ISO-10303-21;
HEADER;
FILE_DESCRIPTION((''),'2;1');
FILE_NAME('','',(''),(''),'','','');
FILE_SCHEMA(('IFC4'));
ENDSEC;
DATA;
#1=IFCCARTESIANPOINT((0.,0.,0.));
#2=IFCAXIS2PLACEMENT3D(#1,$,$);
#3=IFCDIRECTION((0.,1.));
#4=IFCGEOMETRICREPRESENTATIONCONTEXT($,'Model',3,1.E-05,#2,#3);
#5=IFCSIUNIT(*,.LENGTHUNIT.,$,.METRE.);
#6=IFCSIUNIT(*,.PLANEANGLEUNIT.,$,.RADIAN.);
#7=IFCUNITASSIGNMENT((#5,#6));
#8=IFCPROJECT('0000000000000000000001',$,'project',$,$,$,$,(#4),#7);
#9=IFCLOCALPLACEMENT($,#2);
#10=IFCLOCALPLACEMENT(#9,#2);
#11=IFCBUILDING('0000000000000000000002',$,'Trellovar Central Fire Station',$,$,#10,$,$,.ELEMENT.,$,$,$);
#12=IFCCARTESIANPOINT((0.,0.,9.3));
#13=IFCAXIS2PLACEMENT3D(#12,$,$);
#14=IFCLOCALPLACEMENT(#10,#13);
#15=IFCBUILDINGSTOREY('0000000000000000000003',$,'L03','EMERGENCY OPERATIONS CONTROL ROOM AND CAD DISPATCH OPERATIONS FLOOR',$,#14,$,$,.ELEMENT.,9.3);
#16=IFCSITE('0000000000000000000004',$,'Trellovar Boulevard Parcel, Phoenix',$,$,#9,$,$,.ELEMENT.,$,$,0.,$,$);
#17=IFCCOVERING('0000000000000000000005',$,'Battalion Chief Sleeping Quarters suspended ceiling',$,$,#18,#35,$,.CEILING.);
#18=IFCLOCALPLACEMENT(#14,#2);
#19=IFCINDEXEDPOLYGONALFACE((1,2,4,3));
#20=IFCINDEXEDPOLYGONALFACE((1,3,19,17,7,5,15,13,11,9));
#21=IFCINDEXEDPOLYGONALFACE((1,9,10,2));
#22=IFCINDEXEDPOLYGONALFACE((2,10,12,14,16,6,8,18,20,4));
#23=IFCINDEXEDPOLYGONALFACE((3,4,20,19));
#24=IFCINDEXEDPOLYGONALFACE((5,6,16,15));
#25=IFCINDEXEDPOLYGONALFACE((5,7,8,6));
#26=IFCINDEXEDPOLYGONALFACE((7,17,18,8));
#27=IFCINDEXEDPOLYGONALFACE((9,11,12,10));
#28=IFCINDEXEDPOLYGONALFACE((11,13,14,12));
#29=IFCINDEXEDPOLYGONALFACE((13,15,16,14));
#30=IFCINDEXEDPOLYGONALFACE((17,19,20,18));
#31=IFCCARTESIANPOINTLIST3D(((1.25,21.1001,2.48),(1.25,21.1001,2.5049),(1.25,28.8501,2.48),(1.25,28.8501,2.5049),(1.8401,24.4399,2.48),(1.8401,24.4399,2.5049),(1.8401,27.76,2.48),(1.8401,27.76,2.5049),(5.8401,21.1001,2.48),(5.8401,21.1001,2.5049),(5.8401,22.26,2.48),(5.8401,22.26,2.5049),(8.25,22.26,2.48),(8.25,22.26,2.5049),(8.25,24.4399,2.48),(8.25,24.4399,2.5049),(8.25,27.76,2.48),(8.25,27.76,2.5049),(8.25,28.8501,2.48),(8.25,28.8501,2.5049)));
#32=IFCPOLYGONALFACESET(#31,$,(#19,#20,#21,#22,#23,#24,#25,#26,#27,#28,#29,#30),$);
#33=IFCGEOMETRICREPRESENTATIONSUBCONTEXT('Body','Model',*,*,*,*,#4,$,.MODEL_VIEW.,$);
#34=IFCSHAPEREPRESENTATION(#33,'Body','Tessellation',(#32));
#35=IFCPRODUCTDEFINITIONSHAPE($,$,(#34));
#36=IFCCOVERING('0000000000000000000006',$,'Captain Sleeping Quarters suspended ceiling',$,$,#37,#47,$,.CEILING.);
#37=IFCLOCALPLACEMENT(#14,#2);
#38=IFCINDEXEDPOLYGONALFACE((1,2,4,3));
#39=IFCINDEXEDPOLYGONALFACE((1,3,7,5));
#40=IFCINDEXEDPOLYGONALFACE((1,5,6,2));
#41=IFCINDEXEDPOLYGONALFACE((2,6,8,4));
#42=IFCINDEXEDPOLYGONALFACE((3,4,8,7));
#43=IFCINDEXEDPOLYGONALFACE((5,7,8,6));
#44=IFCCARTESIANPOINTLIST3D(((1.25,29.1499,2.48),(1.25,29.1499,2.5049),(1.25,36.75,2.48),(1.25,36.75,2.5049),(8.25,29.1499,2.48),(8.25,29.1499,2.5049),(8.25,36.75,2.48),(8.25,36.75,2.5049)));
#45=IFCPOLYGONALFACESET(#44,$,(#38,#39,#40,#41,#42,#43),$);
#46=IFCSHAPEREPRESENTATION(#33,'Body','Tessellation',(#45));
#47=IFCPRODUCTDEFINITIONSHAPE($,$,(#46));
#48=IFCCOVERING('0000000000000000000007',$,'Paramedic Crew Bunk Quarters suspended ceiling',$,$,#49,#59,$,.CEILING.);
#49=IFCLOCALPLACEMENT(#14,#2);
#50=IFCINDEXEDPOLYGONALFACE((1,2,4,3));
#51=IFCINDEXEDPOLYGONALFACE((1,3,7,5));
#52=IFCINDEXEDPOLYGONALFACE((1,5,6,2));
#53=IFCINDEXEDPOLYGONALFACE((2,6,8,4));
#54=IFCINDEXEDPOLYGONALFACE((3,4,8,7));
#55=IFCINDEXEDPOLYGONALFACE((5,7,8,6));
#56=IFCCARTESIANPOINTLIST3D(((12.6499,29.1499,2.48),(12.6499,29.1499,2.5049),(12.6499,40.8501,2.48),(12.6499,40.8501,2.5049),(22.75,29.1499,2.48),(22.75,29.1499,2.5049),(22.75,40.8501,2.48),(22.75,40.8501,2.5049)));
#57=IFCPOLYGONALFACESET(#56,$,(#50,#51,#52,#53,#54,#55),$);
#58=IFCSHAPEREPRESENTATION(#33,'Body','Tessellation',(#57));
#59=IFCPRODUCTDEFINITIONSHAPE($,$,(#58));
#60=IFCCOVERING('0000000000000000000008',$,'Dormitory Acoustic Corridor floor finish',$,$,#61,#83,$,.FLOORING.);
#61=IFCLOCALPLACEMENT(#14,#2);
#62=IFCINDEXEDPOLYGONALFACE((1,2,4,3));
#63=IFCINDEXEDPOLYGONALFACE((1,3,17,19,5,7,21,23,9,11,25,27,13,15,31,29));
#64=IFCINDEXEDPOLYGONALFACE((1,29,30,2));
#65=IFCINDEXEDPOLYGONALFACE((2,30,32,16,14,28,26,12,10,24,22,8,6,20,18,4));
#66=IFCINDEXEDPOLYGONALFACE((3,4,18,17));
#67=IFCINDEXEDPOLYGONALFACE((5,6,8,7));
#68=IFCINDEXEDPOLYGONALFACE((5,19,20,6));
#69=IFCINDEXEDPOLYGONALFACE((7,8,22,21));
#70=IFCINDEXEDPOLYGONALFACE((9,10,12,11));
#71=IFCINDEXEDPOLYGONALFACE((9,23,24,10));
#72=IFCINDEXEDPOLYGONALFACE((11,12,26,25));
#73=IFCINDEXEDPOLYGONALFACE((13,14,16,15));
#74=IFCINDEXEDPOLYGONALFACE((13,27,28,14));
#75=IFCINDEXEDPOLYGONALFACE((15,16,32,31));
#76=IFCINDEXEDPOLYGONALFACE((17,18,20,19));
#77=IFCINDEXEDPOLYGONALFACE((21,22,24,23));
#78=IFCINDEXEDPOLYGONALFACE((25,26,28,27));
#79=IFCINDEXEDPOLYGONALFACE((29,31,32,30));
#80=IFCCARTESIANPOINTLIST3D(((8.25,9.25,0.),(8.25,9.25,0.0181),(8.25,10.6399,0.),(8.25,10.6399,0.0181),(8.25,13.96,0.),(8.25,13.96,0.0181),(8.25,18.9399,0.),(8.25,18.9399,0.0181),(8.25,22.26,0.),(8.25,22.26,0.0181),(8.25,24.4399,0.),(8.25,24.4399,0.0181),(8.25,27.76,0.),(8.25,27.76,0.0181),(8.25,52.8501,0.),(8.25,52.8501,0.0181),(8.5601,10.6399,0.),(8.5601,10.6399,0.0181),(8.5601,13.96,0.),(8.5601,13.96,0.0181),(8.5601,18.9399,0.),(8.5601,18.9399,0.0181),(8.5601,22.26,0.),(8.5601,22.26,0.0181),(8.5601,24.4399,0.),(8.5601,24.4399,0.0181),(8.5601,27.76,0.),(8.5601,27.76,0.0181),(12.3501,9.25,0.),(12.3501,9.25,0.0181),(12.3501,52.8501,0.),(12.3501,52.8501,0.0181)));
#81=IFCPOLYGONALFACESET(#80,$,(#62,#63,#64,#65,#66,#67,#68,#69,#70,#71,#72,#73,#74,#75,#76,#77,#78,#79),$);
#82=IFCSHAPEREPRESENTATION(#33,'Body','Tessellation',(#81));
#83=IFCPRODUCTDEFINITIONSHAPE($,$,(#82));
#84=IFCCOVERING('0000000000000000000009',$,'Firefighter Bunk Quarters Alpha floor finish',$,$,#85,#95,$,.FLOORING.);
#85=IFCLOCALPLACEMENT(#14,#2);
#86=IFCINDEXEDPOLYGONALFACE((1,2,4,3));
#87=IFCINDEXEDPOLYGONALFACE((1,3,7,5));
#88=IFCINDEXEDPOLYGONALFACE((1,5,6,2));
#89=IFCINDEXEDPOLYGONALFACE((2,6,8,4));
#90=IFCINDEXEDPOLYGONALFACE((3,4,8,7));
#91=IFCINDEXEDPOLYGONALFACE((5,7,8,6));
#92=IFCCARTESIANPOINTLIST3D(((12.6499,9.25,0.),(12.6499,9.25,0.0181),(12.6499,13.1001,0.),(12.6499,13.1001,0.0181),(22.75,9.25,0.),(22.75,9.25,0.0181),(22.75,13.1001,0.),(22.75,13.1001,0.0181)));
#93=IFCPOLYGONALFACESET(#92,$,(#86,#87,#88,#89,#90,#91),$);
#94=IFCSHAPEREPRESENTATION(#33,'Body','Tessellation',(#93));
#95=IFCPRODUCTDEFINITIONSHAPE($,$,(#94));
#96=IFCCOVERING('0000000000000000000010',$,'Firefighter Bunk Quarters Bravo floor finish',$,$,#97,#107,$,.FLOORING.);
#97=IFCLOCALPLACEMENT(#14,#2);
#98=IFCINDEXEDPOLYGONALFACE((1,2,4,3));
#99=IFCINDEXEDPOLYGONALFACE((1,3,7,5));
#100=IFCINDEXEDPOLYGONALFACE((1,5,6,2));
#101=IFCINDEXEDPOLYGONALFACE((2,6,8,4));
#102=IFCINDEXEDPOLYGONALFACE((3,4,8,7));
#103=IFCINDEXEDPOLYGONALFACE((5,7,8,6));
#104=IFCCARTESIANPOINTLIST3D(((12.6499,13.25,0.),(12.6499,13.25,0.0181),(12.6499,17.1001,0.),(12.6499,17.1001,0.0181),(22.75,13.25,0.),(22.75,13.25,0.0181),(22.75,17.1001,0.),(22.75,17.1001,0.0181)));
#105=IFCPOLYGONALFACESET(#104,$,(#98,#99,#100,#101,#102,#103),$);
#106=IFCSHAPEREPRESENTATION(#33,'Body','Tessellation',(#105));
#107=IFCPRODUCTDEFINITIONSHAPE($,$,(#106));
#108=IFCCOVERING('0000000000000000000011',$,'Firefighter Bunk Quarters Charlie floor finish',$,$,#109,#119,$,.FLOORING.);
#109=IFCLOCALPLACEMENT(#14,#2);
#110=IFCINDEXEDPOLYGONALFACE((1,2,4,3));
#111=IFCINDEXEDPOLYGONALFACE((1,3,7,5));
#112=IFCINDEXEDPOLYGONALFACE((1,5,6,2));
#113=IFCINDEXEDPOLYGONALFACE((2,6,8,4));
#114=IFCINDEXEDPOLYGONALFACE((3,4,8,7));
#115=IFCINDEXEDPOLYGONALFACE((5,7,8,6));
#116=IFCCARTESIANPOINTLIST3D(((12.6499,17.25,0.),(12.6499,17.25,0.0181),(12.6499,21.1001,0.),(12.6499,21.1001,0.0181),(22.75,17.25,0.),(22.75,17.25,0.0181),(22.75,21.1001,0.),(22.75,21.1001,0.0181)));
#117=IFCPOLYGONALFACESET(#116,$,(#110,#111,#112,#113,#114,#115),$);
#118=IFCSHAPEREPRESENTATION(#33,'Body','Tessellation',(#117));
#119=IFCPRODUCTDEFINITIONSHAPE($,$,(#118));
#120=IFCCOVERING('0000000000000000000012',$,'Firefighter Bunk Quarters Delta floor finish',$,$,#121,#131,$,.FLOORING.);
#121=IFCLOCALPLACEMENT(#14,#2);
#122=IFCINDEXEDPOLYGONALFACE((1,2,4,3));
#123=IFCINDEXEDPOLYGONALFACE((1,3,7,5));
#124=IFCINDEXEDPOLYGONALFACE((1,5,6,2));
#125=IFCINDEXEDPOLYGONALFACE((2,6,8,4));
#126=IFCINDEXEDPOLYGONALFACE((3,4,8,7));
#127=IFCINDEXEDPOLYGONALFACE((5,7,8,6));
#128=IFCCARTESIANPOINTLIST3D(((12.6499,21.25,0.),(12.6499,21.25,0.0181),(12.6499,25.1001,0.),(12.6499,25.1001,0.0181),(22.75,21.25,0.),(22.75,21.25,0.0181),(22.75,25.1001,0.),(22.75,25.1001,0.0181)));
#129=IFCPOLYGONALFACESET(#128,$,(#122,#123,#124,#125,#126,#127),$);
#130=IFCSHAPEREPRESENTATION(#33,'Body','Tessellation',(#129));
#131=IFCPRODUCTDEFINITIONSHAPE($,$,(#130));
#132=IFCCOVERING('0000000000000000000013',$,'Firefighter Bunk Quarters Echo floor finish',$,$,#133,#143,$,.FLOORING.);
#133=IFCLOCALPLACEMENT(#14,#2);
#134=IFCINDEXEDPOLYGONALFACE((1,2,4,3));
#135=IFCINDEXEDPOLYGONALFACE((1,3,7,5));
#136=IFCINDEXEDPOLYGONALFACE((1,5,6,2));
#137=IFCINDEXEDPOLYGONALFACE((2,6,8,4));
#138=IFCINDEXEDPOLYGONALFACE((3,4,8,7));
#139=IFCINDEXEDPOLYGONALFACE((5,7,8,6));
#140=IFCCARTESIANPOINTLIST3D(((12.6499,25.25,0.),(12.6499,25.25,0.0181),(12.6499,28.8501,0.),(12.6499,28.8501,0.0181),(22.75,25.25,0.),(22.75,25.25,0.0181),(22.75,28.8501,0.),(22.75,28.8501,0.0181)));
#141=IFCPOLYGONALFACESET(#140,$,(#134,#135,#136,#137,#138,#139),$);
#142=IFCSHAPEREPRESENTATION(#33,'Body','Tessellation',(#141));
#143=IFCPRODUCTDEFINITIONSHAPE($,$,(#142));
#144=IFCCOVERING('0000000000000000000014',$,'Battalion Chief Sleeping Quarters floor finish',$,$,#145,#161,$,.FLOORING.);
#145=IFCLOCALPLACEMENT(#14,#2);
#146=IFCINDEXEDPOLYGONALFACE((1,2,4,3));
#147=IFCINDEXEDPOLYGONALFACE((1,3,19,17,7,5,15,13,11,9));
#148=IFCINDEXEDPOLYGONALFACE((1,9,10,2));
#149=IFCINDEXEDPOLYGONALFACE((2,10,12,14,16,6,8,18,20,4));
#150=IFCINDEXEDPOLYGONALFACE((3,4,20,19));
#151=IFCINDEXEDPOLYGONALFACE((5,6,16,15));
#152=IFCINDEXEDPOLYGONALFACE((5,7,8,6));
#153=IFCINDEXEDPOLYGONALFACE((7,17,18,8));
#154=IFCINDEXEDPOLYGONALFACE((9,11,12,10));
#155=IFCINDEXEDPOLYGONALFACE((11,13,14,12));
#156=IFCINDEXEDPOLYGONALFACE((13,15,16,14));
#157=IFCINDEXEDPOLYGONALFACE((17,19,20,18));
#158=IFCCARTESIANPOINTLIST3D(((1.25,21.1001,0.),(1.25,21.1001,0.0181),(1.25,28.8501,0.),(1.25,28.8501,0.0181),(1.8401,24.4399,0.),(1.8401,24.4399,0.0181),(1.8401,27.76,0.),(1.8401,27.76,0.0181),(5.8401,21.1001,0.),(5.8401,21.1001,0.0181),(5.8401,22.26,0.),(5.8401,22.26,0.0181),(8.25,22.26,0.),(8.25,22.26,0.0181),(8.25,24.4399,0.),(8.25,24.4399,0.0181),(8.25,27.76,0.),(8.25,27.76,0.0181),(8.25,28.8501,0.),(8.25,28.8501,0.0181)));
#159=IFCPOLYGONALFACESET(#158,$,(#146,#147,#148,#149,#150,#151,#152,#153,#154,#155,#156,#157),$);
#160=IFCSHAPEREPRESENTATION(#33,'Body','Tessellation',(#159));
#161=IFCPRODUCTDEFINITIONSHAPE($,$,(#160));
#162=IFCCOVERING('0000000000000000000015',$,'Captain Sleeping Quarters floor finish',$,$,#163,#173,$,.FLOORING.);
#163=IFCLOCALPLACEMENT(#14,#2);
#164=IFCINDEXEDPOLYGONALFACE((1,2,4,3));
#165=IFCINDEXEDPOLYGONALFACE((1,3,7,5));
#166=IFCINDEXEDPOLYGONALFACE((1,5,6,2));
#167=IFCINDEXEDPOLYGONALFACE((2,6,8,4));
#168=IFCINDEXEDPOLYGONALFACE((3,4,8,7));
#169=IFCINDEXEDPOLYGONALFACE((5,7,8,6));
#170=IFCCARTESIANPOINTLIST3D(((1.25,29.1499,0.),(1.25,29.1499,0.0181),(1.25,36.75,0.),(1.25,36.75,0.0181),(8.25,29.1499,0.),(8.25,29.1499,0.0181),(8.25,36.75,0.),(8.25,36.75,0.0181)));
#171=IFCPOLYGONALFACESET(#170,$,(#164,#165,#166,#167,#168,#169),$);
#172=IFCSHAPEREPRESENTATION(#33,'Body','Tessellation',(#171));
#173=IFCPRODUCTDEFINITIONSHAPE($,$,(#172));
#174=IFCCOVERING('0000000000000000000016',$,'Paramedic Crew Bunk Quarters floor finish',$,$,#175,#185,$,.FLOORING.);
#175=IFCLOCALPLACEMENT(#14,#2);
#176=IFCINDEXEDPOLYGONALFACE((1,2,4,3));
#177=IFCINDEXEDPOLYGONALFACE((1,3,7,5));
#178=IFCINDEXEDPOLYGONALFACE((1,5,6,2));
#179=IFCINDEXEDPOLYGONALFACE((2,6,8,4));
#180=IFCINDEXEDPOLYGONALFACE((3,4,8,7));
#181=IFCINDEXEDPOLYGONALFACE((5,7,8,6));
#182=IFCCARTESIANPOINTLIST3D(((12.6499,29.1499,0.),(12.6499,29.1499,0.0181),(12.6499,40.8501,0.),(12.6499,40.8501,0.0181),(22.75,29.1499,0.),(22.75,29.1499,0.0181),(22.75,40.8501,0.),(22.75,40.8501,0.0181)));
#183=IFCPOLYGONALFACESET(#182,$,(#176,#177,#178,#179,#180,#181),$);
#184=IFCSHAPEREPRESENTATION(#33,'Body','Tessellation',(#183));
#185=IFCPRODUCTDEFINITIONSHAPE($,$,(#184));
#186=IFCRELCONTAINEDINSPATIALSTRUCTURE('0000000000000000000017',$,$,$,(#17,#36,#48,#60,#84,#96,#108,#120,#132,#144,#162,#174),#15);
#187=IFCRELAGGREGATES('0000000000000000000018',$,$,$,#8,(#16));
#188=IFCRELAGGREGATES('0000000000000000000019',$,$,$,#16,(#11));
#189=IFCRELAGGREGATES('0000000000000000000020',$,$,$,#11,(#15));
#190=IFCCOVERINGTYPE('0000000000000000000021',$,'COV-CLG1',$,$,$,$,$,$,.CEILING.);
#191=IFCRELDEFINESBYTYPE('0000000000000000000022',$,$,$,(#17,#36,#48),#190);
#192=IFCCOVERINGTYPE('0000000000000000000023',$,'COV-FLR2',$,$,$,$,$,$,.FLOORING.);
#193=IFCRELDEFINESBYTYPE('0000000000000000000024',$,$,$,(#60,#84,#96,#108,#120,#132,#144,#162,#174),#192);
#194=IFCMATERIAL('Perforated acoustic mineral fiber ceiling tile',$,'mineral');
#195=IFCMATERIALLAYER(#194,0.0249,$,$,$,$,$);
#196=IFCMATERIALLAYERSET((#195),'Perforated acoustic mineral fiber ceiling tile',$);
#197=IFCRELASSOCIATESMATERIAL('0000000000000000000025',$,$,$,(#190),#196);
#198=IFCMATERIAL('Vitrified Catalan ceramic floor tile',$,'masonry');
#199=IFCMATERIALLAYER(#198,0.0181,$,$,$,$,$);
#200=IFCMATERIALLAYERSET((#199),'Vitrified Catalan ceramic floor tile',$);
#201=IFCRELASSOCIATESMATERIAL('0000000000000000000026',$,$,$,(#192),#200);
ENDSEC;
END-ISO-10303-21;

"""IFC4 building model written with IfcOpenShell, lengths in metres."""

from ifc_helpers import new_model, si_unit, direction, frame, origin, place, context, subcontext, project, spatial, polyline, outline, extrude, material, layer, layer_set, type_object, element, save


model = new_model("IFC4")

# Units and contexts
model_context = context("Model", 3, precision=1e-05, world=origin(), true_north=direction((0.0, 1.0)))
body_context = subcontext(model_context, "Body", "Model", "MODEL_VIEW")
ifc_project = project(units=[si_unit("LENGTHUNIT", "METRE"), si_unit("PLANEANGLEUNIT", "RADIAN")], contexts=[model_context])

# Site, building, storey
site_placement = place(None, origin())
site = spatial("IfcSite", under=ifc_project, at=site_placement, Name="Trellovar Boulevard Parcel, Phoenix", CompositionType="ELEMENT", RefElevation=0.0)
building_placement = place(site_placement, origin())
building = spatial("IfcBuilding", under=site, at=building_placement, Name="Trellovar Central Fire Station", CompositionType="ELEMENT")
storey_placement = place(building_placement, frame((0.0, 0.0, 9.3)))
storey = spatial("IfcBuildingStorey", under=building, at=storey_placement, Name="L03", Description="EMERGENCY OPERATIONS CONTROL ROOM AND CAD DISPATCH OPERATIONS FLOOR", CompositionType="ELEMENT", Elevation=9.3)

# Coverings
ifc_material_1 = material(Name="Perforated acoustic mineral fiber ceiling tile", Category="mineral")
ifc_layer_1 = layer(ifc_material_1, 0.0249)
ifc_layer_set_1 = layer_set([ifc_layer_1], Name="Perforated acoustic mineral fiber ceiling tile")
covering_type_1 = type_object("IfcCoveringType", Name="COV-CLG1", PredefinedType="CEILING", material=ifc_layer_set_1)
covering_1_placement = place(storey_placement, frame((0.0, 0.0, 2.48)))
element("IfcCovering", 1, at=covering_1_placement, inside=storey, type_object=covering_type_1, Name="Battalion Chief Sleeping Quarters suspended ceiling", PredefinedType="CEILING", context=body_context, shape_type="SweptSolid", body=[
    extrude(outline(polyline([(8.25, 24.4399), (8.25, 22.26), (5.8401, 22.26), (5.8401, 21.1001), (1.25, 21.1001), (1.25, 28.8501), (8.25, 28.8501), (8.25, 27.76), (1.8401, 27.76), (1.8401, 24.4399), (8.25, 24.4399)])), origin(), (0.0, 0.0, 1.0), 0.0249),
])
covering_2_placement = place(storey_placement, frame((0.0, 0.0, 2.48)))
element("IfcCovering", 2, at=covering_2_placement, inside=storey, type_object=covering_type_1, Name="Captain Sleeping Quarters suspended ceiling", PredefinedType="CEILING", context=body_context, shape_type="SweptSolid", body=[
    extrude(outline(polyline([(8.25, 36.75), (8.25, 29.1499), (1.25, 29.1499), (1.25, 36.75), (8.25, 36.75)])), origin(), (0.0, 0.0, 1.0), 0.0249),
])
covering_3_placement = place(storey_placement, frame((0.0, 0.0, 2.48)))
element("IfcCovering", 3, at=covering_3_placement, inside=storey, type_object=covering_type_1, Name="Paramedic Crew Bunk Quarters suspended ceiling", PredefinedType="CEILING", context=body_context, shape_type="SweptSolid", body=[
    extrude(outline(polyline([(22.75, 40.8501), (22.75, 29.1499), (12.6499, 29.1499), (12.6499, 40.8501), (22.75, 40.8501)])), origin(), (0.0, 0.0, 1.0), 0.0249),
])
ifc_material_2 = material(Name="Vitrified Catalan ceramic floor tile", Category="masonry")
ifc_layer_2 = layer(ifc_material_2, 0.0181)
ifc_layer_set_2 = layer_set([ifc_layer_2], Name="Vitrified Catalan ceramic floor tile")
covering_type_2 = type_object("IfcCoveringType", Name="COV-FLR2", PredefinedType="FLOORING", material=ifc_layer_set_2)
covering_4_placement = place(storey_placement, origin())
element("IfcCovering", 4, at=covering_4_placement, inside=storey, type_object=covering_type_2, Name="Dormitory Acoustic Corridor floor finish", PredefinedType="FLOORING", context=body_context, shape_type="SweptSolid", body=[
    extrude(outline(polyline([(8.5601, 18.9399), (8.5601, 22.26), (8.25, 22.26), (8.25, 24.4399), (8.5601, 24.4399), (8.5601, 27.76), (8.25, 27.76), (8.25, 52.8501), (12.3501, 52.8501), (12.3501, 9.25), (8.25, 9.25), (8.25, 10.6399), (8.5601, 10.6399), (8.5601, 13.96), (8.25, 13.96), (8.25, 18.9399), (8.5601, 18.9399)])), origin(), (0.0, 0.0, 1.0), 0.0181),
])
covering_5_placement = place(storey_placement, origin())
element("IfcCovering", 5, at=covering_5_placement, inside=storey, type_object=covering_type_2, Name="Firefighter Bunk Quarters Alpha floor finish", PredefinedType="FLOORING", context=body_context, shape_type="SweptSolid", body=[
    extrude(outline(polyline([(22.75, 13.1001), (22.75, 9.25), (12.6499, 9.25), (12.6499, 13.1001), (22.75, 13.1001)])), origin(), (0.0, 0.0, 1.0), 0.0181),
])
covering_6_placement = place(storey_placement, origin())
element("IfcCovering", 6, at=covering_6_placement, inside=storey, type_object=covering_type_2, Name="Firefighter Bunk Quarters Bravo floor finish", PredefinedType="FLOORING", context=body_context, shape_type="SweptSolid", body=[
    extrude(outline(polyline([(22.75, 17.1001), (22.75, 13.25), (12.6499, 13.25), (12.6499, 17.1001), (22.75, 17.1001)])), origin(), (0.0, 0.0, 1.0), 0.0181),
])
covering_7_placement = place(storey_placement, origin())
element("IfcCovering", 7, at=covering_7_placement, inside=storey, type_object=covering_type_2, Name="Firefighter Bunk Quarters Charlie floor finish", PredefinedType="FLOORING", context=body_context, shape_type="SweptSolid", body=[
    extrude(outline(polyline([(22.75, 21.1001), (22.75, 17.25), (12.6499, 17.25), (12.6499, 21.1001), (22.75, 21.1001)])), origin(), (0.0, 0.0, 1.0), 0.0181),
])
covering_8_placement = place(storey_placement, origin())
element("IfcCovering", 8, at=covering_8_placement, inside=storey, type_object=covering_type_2, Name="Firefighter Bunk Quarters Delta floor finish", PredefinedType="FLOORING", context=body_context, shape_type="SweptSolid", body=[
    extrude(outline(polyline([(22.75, 25.1001), (22.75, 21.25), (12.6499, 21.25), (12.6499, 25.1001), (22.75, 25.1001)])), origin(), (0.0, 0.0, 1.0), 0.0181),
])
covering_9_placement = place(storey_placement, origin())
element("IfcCovering", 9, at=covering_9_placement, inside=storey, type_object=covering_type_2, Name="Firefighter Bunk Quarters Echo floor finish", PredefinedType="FLOORING", context=body_context, shape_type="SweptSolid", body=[
    extrude(outline(polyline([(22.75, 28.8501), (22.75, 25.25), (12.6499, 25.25), (12.6499, 28.8501), (22.75, 28.8501)])), origin(), (0.0, 0.0, 1.0), 0.0181),
])
covering_10_placement = place(storey_placement, origin())
element("IfcCovering", 10, at=covering_10_placement, inside=storey, type_object=covering_type_2, Name="Battalion Chief Sleeping Quarters floor finish", PredefinedType="FLOORING", context=body_context, shape_type="SweptSolid", body=[
    extrude(outline(polyline([(8.25, 24.4399), (8.25, 22.26), (5.8401, 22.26), (5.8401, 21.1001), (1.25, 21.1001), (1.25, 28.8501), (8.25, 28.8501), (8.25, 27.76), (1.8401, 27.76), (1.8401, 24.4399), (8.25, 24.4399)])), origin(), (0.0, 0.0, 1.0), 0.0181),
])
covering_11_placement = place(storey_placement, origin())
element("IfcCovering", 11, at=covering_11_placement, inside=storey, type_object=covering_type_2, Name="Captain Sleeping Quarters floor finish", PredefinedType="FLOORING", context=body_context, shape_type="SweptSolid", body=[
    extrude(outline(polyline([(8.25, 36.75), (8.25, 29.1499), (1.25, 29.1499), (1.25, 36.75), (8.25, 36.75)])), origin(), (0.0, 0.0, 1.0), 0.0181),
])
covering_12_placement = place(storey_placement, origin())
element("IfcCovering", 12, at=covering_12_placement, inside=storey, type_object=covering_type_2, Name="Paramedic Crew Bunk Quarters floor finish", PredefinedType="FLOORING", context=body_context, shape_type="SweptSolid", body=[
    extrude(outline(polyline([(22.75, 40.8501), (22.75, 29.1499), (12.6499, 29.1499), (12.6499, 40.8501), (22.75, 40.8501)])), origin(), (0.0, 0.0, 1.0), 0.0181),
])

save(model, "model.ifc")
